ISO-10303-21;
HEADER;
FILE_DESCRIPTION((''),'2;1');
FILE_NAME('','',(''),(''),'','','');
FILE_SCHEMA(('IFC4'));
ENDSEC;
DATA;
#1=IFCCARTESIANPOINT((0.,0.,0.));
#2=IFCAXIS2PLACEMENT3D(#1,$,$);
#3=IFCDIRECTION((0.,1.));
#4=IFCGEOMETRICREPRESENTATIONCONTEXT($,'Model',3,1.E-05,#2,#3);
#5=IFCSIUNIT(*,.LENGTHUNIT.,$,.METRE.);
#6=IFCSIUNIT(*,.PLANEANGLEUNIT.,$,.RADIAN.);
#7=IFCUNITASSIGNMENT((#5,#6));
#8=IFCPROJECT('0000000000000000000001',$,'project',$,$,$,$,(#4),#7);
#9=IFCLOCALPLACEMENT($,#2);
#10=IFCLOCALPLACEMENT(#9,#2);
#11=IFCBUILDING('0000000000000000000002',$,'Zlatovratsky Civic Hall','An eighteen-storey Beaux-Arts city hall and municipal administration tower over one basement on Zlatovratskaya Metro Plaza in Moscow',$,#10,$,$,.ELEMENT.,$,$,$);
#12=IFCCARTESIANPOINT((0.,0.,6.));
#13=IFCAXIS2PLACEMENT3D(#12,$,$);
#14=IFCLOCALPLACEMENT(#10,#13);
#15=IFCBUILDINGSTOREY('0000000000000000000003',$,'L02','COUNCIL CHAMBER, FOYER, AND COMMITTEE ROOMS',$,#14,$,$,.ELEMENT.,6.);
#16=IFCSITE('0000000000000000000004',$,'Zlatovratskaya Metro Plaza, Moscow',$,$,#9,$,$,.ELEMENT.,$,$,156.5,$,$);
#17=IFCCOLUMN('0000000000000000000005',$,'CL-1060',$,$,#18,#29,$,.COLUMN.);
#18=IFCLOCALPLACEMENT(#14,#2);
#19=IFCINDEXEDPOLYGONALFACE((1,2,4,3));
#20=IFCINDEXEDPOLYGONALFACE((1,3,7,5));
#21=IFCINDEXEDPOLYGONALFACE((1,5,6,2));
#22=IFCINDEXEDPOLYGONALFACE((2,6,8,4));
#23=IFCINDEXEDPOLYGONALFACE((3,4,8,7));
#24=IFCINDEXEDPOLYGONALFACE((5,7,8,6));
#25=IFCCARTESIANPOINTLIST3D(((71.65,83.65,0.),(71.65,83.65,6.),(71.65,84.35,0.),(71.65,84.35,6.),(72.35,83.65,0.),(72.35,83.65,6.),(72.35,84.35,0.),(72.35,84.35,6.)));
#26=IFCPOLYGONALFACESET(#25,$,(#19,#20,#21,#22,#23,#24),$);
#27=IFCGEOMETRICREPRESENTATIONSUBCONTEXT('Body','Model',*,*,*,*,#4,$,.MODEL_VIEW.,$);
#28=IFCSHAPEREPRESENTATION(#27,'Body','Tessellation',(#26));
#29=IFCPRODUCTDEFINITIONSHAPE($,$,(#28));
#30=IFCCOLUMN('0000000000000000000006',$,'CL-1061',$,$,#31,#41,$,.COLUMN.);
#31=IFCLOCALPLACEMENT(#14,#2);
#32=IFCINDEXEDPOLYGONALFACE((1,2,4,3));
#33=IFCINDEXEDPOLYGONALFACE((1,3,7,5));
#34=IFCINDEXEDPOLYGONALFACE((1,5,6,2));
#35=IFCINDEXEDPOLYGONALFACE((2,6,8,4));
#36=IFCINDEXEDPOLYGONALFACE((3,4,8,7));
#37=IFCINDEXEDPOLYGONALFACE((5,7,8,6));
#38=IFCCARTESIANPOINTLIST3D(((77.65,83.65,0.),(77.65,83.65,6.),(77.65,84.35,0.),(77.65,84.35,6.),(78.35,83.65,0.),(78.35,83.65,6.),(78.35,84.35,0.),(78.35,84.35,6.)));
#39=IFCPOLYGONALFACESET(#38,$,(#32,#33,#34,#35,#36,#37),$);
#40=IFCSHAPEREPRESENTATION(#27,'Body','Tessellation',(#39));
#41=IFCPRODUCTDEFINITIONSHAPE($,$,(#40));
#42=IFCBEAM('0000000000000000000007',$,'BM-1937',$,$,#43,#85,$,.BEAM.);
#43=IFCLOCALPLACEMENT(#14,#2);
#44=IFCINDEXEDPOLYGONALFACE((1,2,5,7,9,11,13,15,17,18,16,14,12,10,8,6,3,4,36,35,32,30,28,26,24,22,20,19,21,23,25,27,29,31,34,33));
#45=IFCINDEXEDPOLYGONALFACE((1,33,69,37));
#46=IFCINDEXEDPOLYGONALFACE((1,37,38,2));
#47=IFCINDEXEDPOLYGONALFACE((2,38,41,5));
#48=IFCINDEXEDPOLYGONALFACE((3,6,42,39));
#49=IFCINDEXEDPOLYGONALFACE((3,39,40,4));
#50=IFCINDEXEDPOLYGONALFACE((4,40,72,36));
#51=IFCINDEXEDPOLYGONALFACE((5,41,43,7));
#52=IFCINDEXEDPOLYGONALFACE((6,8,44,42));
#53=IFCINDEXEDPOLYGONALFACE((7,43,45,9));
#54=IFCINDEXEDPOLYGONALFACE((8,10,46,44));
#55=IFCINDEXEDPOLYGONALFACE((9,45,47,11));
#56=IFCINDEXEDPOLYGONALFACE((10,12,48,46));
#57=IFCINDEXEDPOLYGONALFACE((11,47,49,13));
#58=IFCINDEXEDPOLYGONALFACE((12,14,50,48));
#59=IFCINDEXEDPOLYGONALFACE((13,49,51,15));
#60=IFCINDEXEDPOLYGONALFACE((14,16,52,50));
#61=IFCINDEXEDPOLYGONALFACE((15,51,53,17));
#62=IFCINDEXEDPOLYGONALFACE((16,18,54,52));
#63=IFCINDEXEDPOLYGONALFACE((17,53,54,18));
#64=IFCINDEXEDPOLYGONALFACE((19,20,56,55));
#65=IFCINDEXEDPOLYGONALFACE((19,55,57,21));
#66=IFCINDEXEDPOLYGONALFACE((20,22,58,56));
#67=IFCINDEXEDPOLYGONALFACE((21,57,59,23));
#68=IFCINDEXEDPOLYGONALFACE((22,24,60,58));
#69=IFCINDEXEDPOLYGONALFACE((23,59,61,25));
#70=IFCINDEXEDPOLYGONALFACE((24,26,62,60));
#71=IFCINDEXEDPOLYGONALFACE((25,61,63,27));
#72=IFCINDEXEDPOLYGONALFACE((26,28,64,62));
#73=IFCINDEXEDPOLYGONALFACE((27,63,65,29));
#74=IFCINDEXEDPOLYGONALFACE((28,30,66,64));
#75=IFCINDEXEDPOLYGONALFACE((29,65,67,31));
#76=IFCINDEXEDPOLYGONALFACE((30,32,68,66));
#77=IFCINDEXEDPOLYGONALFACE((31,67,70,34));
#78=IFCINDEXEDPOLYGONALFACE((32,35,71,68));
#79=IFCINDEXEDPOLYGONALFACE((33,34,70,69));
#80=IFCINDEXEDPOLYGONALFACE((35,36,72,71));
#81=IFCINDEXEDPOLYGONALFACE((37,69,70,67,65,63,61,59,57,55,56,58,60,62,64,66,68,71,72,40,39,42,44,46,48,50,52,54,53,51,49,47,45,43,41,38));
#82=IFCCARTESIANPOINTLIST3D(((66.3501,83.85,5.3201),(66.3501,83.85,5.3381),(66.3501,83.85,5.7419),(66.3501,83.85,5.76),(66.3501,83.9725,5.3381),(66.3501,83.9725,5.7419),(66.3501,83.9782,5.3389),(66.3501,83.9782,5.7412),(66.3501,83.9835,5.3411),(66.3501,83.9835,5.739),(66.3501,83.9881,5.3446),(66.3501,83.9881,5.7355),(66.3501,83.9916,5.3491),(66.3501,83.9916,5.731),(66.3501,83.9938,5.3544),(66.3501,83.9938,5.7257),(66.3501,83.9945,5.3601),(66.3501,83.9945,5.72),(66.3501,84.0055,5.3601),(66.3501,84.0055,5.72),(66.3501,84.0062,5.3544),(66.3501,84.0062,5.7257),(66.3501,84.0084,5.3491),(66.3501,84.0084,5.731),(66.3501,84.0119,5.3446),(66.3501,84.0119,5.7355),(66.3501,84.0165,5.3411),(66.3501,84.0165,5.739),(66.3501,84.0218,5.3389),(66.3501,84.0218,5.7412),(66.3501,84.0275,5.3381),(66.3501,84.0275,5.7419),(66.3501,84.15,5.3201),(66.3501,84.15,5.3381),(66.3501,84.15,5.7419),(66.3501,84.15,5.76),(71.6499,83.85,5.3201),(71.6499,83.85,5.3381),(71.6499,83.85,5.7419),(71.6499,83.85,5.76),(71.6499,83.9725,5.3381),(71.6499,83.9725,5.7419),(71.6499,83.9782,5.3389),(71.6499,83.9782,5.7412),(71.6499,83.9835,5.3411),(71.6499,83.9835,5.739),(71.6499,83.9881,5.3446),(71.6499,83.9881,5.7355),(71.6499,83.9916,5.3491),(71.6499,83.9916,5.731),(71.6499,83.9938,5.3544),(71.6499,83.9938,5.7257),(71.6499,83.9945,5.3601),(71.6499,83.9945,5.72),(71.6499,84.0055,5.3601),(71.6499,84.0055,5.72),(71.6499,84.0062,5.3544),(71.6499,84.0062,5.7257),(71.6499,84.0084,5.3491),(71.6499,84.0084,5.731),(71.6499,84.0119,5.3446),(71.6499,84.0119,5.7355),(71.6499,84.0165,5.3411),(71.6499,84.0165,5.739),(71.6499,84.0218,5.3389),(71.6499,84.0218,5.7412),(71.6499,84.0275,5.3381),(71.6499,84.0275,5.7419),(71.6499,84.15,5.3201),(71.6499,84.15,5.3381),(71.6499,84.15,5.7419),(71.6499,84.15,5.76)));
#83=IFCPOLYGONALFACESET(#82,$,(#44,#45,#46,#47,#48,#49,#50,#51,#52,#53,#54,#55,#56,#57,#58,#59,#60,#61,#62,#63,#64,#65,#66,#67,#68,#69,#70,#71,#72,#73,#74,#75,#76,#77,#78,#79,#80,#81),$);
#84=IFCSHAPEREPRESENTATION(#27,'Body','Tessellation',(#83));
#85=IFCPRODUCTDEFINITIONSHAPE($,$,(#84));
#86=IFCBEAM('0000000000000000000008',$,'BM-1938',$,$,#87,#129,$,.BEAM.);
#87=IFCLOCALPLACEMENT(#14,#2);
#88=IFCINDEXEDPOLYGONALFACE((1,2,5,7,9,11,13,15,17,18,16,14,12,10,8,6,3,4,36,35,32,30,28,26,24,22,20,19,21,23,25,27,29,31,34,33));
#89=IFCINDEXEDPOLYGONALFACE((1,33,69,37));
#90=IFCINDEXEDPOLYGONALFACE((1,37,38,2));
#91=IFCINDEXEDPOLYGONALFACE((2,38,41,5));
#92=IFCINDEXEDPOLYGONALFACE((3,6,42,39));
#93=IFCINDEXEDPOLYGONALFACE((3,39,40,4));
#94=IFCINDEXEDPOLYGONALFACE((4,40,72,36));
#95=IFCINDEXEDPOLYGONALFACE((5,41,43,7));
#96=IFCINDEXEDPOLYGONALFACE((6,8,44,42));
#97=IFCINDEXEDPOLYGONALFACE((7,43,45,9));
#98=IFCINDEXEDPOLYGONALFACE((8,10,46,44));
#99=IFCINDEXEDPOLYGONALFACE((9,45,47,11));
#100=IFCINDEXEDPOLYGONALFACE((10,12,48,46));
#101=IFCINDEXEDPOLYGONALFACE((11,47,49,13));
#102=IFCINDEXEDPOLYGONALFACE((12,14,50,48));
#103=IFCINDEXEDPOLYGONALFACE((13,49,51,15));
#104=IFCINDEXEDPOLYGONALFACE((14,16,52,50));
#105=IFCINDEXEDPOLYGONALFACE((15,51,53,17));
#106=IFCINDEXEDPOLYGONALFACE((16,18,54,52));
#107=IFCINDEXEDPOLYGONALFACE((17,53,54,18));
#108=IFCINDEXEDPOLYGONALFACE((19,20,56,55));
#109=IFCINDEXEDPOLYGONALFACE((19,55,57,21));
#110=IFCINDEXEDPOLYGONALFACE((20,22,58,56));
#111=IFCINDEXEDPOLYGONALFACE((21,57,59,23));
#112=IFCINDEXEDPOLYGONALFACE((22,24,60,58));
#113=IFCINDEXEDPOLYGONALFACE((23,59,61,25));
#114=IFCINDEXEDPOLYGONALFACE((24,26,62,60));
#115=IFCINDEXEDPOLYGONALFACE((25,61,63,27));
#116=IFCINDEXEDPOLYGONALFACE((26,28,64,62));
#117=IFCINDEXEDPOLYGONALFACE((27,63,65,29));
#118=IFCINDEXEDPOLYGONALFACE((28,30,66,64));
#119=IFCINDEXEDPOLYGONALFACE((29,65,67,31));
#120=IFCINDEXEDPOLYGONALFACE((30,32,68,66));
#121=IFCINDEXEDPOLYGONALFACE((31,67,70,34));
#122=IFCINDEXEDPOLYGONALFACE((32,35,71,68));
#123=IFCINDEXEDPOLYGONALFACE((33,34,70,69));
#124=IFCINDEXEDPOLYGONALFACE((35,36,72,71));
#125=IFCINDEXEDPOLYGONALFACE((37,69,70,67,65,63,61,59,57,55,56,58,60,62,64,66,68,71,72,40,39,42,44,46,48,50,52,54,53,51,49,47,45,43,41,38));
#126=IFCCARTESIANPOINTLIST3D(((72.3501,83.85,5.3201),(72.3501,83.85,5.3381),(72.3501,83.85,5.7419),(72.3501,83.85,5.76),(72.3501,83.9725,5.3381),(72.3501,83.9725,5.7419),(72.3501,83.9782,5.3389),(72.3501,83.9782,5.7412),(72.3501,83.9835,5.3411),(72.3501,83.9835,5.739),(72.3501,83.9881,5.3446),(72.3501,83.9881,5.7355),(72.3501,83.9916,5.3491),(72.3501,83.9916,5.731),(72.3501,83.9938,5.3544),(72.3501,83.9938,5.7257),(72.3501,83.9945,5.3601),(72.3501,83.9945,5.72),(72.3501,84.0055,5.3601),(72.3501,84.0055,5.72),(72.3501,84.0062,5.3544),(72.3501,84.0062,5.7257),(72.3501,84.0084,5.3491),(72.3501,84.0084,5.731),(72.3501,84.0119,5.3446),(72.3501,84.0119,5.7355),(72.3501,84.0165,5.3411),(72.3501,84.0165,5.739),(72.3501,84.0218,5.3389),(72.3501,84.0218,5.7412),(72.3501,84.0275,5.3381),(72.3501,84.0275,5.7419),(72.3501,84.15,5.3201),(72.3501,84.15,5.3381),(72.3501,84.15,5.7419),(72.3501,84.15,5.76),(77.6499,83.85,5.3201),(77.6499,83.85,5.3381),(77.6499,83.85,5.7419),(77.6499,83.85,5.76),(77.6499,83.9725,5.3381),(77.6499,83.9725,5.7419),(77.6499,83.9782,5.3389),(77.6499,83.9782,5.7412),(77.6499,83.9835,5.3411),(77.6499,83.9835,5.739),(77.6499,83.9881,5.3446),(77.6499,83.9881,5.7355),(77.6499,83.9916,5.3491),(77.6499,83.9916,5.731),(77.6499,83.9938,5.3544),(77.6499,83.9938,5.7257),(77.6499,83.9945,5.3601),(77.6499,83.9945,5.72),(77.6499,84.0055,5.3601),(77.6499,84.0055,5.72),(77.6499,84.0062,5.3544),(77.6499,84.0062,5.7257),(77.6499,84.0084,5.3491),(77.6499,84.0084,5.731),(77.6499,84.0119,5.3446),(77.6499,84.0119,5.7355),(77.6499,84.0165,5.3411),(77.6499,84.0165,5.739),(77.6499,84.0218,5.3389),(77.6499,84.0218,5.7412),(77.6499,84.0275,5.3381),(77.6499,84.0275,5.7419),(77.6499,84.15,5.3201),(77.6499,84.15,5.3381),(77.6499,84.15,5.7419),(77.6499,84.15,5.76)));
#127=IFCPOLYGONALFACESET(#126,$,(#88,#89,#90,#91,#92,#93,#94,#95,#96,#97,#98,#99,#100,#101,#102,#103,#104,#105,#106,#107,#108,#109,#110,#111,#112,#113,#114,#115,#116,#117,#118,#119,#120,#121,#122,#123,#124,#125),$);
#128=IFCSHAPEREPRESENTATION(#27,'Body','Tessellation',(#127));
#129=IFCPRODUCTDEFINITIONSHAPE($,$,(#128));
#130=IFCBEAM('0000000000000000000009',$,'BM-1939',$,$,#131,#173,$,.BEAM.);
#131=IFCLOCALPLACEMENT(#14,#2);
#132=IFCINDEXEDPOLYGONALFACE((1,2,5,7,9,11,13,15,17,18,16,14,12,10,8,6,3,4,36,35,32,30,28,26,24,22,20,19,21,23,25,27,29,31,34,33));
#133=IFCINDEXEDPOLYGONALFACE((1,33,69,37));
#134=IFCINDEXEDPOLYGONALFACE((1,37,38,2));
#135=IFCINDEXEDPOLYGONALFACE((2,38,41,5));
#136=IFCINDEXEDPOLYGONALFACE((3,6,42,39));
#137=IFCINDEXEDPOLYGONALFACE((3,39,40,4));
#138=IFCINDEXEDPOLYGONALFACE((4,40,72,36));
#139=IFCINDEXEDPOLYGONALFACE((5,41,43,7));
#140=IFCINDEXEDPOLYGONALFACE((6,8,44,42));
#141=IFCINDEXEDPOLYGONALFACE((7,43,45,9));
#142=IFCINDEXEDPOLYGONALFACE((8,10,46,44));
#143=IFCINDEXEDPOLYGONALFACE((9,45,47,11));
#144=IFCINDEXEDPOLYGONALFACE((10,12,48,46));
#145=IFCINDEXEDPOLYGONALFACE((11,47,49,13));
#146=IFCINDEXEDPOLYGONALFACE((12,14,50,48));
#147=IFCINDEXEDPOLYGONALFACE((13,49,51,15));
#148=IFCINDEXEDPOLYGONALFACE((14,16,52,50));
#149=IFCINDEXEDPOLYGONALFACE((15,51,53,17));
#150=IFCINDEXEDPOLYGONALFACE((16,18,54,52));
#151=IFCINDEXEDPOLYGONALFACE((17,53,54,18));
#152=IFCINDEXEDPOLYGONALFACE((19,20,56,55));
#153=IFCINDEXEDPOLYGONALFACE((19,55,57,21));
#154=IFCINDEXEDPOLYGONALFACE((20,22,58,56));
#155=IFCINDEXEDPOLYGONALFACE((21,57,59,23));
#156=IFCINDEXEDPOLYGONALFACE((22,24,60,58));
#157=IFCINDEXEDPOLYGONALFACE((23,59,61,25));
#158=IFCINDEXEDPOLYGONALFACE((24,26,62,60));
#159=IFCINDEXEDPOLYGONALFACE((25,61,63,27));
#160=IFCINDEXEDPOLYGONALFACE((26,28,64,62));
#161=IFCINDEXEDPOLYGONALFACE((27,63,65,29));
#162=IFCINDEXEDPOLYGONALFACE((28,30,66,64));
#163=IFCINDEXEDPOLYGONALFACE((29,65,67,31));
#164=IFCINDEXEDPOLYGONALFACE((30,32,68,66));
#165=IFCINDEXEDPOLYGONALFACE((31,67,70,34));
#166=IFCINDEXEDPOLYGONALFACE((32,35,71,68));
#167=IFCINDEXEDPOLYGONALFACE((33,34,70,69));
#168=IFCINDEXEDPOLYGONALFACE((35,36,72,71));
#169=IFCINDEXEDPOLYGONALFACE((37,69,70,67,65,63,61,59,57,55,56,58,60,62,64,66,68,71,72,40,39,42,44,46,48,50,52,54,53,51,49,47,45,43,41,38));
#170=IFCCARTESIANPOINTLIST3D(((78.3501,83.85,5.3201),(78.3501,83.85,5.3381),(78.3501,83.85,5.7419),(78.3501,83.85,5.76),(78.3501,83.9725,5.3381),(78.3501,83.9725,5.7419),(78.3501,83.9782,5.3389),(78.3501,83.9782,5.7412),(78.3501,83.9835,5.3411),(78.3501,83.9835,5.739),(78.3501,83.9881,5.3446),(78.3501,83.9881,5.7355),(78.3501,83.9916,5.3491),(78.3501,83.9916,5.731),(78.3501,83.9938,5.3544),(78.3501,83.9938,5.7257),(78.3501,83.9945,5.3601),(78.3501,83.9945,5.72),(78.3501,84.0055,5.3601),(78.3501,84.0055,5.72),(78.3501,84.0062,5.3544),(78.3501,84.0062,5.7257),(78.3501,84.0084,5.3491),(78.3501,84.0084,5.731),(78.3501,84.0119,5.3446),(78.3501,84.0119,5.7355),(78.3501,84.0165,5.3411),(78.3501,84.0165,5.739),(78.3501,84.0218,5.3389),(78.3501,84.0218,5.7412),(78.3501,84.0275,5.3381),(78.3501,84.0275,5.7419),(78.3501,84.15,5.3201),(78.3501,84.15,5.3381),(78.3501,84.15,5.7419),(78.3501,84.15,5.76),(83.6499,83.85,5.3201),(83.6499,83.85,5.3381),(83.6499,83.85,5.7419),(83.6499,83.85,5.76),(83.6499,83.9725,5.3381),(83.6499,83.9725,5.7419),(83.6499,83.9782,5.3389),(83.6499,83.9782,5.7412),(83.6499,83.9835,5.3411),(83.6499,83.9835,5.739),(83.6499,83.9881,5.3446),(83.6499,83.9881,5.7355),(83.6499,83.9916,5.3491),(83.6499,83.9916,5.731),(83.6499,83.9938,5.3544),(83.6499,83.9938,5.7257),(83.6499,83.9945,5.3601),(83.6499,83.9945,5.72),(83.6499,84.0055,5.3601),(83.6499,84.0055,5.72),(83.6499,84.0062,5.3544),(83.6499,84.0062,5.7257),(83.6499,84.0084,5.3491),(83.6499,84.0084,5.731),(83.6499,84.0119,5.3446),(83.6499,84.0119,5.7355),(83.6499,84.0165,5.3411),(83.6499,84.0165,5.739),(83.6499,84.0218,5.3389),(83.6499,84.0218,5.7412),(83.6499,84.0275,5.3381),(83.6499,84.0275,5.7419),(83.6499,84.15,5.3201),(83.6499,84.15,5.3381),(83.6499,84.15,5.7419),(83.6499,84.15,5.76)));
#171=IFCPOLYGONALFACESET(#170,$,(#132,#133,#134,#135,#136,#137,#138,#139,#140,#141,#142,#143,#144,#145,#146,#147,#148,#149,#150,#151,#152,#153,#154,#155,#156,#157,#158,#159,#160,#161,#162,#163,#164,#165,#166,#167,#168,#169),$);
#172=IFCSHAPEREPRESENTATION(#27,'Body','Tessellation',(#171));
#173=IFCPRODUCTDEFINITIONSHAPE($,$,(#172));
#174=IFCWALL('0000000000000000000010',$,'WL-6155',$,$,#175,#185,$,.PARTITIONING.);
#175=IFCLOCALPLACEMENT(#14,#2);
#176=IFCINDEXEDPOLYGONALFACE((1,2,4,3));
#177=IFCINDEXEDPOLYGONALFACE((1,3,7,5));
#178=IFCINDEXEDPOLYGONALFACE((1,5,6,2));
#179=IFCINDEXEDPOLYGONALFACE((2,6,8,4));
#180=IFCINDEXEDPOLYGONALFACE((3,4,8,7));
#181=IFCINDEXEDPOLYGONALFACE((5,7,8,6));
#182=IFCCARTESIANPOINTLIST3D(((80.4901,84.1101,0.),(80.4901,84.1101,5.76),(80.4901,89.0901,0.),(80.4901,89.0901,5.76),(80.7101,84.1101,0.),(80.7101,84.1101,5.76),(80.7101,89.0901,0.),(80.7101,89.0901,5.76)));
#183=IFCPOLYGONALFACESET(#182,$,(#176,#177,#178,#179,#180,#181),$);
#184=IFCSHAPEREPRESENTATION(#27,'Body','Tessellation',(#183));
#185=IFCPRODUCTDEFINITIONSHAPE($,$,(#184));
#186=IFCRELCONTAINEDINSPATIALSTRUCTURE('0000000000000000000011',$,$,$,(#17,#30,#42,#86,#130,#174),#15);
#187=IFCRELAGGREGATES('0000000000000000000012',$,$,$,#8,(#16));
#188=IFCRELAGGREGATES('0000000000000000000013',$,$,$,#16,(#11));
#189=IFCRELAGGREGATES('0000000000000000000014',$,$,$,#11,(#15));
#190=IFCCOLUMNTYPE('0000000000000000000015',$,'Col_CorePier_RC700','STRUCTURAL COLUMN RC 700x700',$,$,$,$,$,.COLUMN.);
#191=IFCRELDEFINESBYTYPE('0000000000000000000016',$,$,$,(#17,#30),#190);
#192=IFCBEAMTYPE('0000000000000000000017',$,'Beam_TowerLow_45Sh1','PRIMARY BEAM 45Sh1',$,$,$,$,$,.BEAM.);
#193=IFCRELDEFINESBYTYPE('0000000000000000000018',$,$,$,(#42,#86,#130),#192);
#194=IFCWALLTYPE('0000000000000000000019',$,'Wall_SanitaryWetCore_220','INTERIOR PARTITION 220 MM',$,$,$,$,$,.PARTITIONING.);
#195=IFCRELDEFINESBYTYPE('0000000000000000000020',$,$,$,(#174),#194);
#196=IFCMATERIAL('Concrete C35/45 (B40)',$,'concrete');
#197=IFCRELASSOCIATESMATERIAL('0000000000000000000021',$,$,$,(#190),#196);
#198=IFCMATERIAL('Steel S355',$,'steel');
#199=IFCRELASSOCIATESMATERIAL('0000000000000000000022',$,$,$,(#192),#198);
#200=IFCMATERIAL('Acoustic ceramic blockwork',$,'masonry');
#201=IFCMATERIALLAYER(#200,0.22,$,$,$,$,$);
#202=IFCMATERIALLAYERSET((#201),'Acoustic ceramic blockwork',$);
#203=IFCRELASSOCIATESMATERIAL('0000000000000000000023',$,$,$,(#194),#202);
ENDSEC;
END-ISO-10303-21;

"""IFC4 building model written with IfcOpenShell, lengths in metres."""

from ifc_helpers import new_model, si_unit, direction, frame, frame_2d, origin, origin_2d, place, context, subcontext, project, spatial, rectangle, i_section, extrude, material, layer, layer_set, material_profile, profile_set, type_object, element, save


model = new_model("IFC4")

# Units and contexts
model_context = context("Model", 3, precision=1e-05, world=origin(), true_north=direction((0.0, 1.0)))
body_context = subcontext(model_context, "Body", "Model", "MODEL_VIEW")
ifc_project = project(units=[si_unit("LENGTHUNIT", "METRE"), si_unit("PLANEANGLEUNIT", "RADIAN")], contexts=[model_context])

# Site, building, storey
site_placement = place(None, origin())
site = spatial("IfcSite", under=ifc_project, at=site_placement, Name="Zlatovratskaya Metro Plaza, Moscow", CompositionType="ELEMENT", RefElevation=156.5)
building_placement = place(site_placement, origin())
building = spatial("IfcBuilding", under=site, at=building_placement, Name="Zlatovratsky Civic Hall", Description="An eighteen-storey Beaux-Arts city hall and municipal administration tower over one basement on Zlatovratskaya Metro Plaza in Moscow", CompositionType="ELEMENT")
storey_placement = place(building_placement, frame((0.0, 0.0, 6.0)))
storey = spatial("IfcBuildingStorey", under=building, at=storey_placement, Name="L02", Description="COUNCIL CHAMBER, FOYER, AND COMMITTEE ROOMS", CompositionType="ELEMENT", Elevation=6.0)

# Columns
ifc_material_1 = material(Name="Concrete C35/45 (B40)", Category="concrete")
ifc_material_profile_1 = material_profile(ifc_material_1, rectangle(XDim=0.7, YDim=0.7, at=origin_2d()), Name="RC 700x700")
ifc_profile_set_1 = profile_set([ifc_material_profile_1], Name="Concrete C35/45 (B40)")
column_type = type_object("IfcColumnType", Name="Col_CorePier_RC700", Description="STRUCTURAL COLUMN RC 700x700", PredefinedType="COLUMN", material=ifc_profile_set_1)
for number, where, z_axis, x_axis, name in (
    (1, (72.0, 84.0, 0.0), (0.0, 0.0, 1.0), (1.0, 0.0, 0.0), "CL-1060"),
    (2, (78.0, 84.0, 0.0), (0.0, 0.0, 1.0), (1.0, 0.0, 0.0), "CL-1061"),
):
    element("IfcColumn", number, at=place(storey_placement, frame(where, z_axis=z_axis, x_axis=x_axis)), inside=storey, type_object=column_type, Name=name, PredefinedType="COLUMN", context=body_context, shape_type="SweptSolid", body=[
        extrude(rectangle(XDim=0.7, YDim=0.7, at=origin_2d()), origin(), (0.0, 0.0, 1.0), 6.0),
    ])

# Beams
ifc_material_2 = material(Name="Steel S355", Category="steel")
ifc_material_profile_2 = material_profile(ifc_material_2, i_section(OverallWidth=0.3, OverallDepth=0.4399, WebThickness=0.011, FlangeThickness=0.0181, FilletRadius=0.022, at=origin_2d()), Name="45Sh1")
ifc_profile_set_2 = profile_set([ifc_material_profile_2], Name="Steel S355")
beam_type = type_object("IfcBeamType", Name="Beam_TowerLow_45Sh1", Description="PRIMARY BEAM 45Sh1", PredefinedType="BEAM", material=ifc_profile_set_2)
for number, where, z_axis, x_axis, name in (
    (3, (66.3501, 84.0, 5.54), (1.0, 0.0, 0.0), (0.0, 1.0, 0.0), "BM-1937"),
    (4, (72.3501, 84.0, 5.54), (1.0, 0.0, 0.0), (0.0, 1.0, 0.0), "BM-1938"),
    (5, (78.3501, 84.0, 5.54), (1.0, 0.0, 0.0), (0.0, 1.0, 0.0), "BM-1939"),
):
    element("IfcBeam", number, at=place(storey_placement, frame(where, z_axis=z_axis, x_axis=x_axis)), inside=storey, type_object=beam_type, Name=name, PredefinedType="BEAM", context=body_context, shape_type="SweptSolid", body=[
        extrude(i_section(OverallWidth=0.3, OverallDepth=0.4399, WebThickness=0.011, FlangeThickness=0.0181, FilletRadius=0.022, at=origin_2d()), origin(), (0.0, 0.0, 1.0), 5.2998),
    ])

# Shared definitions
ifc_material_3 = material(Name="Acoustic ceramic blockwork", Category="masonry")
ifc_layer_1 = layer(ifc_material_3, 0.22)
ifc_layer_set_1 = layer_set([ifc_layer_1], Name="Acoustic ceramic blockwork")
wall_type_1 = type_object("IfcWallType", Name="Wall_SanitaryWetCore_220", Description="INTERIOR PARTITION 220 MM", PredefinedType="PARTITIONING", material=ifc_layer_set_1)

# Wall
wall_1_placement = place(storey_placement, frame((80.6001, 84.1101, 0.0), z_axis=(0.0, 0.0, 1.0), x_axis=(0.0, 1.0, 0.0)))
element("IfcWall", 6, at=wall_1_placement, inside=storey, type_object=wall_type_1, Name="WL-6155", PredefinedType="PARTITIONING", context=body_context, shape_type="SweptSolid", body=[
    extrude(rectangle(XDim=4.98, YDim=0.22, at=frame_2d((2.49, 0.0))), origin(), (0.0, 0.0, 1.0), 5.76),
])

save(model, "model.ifc")
